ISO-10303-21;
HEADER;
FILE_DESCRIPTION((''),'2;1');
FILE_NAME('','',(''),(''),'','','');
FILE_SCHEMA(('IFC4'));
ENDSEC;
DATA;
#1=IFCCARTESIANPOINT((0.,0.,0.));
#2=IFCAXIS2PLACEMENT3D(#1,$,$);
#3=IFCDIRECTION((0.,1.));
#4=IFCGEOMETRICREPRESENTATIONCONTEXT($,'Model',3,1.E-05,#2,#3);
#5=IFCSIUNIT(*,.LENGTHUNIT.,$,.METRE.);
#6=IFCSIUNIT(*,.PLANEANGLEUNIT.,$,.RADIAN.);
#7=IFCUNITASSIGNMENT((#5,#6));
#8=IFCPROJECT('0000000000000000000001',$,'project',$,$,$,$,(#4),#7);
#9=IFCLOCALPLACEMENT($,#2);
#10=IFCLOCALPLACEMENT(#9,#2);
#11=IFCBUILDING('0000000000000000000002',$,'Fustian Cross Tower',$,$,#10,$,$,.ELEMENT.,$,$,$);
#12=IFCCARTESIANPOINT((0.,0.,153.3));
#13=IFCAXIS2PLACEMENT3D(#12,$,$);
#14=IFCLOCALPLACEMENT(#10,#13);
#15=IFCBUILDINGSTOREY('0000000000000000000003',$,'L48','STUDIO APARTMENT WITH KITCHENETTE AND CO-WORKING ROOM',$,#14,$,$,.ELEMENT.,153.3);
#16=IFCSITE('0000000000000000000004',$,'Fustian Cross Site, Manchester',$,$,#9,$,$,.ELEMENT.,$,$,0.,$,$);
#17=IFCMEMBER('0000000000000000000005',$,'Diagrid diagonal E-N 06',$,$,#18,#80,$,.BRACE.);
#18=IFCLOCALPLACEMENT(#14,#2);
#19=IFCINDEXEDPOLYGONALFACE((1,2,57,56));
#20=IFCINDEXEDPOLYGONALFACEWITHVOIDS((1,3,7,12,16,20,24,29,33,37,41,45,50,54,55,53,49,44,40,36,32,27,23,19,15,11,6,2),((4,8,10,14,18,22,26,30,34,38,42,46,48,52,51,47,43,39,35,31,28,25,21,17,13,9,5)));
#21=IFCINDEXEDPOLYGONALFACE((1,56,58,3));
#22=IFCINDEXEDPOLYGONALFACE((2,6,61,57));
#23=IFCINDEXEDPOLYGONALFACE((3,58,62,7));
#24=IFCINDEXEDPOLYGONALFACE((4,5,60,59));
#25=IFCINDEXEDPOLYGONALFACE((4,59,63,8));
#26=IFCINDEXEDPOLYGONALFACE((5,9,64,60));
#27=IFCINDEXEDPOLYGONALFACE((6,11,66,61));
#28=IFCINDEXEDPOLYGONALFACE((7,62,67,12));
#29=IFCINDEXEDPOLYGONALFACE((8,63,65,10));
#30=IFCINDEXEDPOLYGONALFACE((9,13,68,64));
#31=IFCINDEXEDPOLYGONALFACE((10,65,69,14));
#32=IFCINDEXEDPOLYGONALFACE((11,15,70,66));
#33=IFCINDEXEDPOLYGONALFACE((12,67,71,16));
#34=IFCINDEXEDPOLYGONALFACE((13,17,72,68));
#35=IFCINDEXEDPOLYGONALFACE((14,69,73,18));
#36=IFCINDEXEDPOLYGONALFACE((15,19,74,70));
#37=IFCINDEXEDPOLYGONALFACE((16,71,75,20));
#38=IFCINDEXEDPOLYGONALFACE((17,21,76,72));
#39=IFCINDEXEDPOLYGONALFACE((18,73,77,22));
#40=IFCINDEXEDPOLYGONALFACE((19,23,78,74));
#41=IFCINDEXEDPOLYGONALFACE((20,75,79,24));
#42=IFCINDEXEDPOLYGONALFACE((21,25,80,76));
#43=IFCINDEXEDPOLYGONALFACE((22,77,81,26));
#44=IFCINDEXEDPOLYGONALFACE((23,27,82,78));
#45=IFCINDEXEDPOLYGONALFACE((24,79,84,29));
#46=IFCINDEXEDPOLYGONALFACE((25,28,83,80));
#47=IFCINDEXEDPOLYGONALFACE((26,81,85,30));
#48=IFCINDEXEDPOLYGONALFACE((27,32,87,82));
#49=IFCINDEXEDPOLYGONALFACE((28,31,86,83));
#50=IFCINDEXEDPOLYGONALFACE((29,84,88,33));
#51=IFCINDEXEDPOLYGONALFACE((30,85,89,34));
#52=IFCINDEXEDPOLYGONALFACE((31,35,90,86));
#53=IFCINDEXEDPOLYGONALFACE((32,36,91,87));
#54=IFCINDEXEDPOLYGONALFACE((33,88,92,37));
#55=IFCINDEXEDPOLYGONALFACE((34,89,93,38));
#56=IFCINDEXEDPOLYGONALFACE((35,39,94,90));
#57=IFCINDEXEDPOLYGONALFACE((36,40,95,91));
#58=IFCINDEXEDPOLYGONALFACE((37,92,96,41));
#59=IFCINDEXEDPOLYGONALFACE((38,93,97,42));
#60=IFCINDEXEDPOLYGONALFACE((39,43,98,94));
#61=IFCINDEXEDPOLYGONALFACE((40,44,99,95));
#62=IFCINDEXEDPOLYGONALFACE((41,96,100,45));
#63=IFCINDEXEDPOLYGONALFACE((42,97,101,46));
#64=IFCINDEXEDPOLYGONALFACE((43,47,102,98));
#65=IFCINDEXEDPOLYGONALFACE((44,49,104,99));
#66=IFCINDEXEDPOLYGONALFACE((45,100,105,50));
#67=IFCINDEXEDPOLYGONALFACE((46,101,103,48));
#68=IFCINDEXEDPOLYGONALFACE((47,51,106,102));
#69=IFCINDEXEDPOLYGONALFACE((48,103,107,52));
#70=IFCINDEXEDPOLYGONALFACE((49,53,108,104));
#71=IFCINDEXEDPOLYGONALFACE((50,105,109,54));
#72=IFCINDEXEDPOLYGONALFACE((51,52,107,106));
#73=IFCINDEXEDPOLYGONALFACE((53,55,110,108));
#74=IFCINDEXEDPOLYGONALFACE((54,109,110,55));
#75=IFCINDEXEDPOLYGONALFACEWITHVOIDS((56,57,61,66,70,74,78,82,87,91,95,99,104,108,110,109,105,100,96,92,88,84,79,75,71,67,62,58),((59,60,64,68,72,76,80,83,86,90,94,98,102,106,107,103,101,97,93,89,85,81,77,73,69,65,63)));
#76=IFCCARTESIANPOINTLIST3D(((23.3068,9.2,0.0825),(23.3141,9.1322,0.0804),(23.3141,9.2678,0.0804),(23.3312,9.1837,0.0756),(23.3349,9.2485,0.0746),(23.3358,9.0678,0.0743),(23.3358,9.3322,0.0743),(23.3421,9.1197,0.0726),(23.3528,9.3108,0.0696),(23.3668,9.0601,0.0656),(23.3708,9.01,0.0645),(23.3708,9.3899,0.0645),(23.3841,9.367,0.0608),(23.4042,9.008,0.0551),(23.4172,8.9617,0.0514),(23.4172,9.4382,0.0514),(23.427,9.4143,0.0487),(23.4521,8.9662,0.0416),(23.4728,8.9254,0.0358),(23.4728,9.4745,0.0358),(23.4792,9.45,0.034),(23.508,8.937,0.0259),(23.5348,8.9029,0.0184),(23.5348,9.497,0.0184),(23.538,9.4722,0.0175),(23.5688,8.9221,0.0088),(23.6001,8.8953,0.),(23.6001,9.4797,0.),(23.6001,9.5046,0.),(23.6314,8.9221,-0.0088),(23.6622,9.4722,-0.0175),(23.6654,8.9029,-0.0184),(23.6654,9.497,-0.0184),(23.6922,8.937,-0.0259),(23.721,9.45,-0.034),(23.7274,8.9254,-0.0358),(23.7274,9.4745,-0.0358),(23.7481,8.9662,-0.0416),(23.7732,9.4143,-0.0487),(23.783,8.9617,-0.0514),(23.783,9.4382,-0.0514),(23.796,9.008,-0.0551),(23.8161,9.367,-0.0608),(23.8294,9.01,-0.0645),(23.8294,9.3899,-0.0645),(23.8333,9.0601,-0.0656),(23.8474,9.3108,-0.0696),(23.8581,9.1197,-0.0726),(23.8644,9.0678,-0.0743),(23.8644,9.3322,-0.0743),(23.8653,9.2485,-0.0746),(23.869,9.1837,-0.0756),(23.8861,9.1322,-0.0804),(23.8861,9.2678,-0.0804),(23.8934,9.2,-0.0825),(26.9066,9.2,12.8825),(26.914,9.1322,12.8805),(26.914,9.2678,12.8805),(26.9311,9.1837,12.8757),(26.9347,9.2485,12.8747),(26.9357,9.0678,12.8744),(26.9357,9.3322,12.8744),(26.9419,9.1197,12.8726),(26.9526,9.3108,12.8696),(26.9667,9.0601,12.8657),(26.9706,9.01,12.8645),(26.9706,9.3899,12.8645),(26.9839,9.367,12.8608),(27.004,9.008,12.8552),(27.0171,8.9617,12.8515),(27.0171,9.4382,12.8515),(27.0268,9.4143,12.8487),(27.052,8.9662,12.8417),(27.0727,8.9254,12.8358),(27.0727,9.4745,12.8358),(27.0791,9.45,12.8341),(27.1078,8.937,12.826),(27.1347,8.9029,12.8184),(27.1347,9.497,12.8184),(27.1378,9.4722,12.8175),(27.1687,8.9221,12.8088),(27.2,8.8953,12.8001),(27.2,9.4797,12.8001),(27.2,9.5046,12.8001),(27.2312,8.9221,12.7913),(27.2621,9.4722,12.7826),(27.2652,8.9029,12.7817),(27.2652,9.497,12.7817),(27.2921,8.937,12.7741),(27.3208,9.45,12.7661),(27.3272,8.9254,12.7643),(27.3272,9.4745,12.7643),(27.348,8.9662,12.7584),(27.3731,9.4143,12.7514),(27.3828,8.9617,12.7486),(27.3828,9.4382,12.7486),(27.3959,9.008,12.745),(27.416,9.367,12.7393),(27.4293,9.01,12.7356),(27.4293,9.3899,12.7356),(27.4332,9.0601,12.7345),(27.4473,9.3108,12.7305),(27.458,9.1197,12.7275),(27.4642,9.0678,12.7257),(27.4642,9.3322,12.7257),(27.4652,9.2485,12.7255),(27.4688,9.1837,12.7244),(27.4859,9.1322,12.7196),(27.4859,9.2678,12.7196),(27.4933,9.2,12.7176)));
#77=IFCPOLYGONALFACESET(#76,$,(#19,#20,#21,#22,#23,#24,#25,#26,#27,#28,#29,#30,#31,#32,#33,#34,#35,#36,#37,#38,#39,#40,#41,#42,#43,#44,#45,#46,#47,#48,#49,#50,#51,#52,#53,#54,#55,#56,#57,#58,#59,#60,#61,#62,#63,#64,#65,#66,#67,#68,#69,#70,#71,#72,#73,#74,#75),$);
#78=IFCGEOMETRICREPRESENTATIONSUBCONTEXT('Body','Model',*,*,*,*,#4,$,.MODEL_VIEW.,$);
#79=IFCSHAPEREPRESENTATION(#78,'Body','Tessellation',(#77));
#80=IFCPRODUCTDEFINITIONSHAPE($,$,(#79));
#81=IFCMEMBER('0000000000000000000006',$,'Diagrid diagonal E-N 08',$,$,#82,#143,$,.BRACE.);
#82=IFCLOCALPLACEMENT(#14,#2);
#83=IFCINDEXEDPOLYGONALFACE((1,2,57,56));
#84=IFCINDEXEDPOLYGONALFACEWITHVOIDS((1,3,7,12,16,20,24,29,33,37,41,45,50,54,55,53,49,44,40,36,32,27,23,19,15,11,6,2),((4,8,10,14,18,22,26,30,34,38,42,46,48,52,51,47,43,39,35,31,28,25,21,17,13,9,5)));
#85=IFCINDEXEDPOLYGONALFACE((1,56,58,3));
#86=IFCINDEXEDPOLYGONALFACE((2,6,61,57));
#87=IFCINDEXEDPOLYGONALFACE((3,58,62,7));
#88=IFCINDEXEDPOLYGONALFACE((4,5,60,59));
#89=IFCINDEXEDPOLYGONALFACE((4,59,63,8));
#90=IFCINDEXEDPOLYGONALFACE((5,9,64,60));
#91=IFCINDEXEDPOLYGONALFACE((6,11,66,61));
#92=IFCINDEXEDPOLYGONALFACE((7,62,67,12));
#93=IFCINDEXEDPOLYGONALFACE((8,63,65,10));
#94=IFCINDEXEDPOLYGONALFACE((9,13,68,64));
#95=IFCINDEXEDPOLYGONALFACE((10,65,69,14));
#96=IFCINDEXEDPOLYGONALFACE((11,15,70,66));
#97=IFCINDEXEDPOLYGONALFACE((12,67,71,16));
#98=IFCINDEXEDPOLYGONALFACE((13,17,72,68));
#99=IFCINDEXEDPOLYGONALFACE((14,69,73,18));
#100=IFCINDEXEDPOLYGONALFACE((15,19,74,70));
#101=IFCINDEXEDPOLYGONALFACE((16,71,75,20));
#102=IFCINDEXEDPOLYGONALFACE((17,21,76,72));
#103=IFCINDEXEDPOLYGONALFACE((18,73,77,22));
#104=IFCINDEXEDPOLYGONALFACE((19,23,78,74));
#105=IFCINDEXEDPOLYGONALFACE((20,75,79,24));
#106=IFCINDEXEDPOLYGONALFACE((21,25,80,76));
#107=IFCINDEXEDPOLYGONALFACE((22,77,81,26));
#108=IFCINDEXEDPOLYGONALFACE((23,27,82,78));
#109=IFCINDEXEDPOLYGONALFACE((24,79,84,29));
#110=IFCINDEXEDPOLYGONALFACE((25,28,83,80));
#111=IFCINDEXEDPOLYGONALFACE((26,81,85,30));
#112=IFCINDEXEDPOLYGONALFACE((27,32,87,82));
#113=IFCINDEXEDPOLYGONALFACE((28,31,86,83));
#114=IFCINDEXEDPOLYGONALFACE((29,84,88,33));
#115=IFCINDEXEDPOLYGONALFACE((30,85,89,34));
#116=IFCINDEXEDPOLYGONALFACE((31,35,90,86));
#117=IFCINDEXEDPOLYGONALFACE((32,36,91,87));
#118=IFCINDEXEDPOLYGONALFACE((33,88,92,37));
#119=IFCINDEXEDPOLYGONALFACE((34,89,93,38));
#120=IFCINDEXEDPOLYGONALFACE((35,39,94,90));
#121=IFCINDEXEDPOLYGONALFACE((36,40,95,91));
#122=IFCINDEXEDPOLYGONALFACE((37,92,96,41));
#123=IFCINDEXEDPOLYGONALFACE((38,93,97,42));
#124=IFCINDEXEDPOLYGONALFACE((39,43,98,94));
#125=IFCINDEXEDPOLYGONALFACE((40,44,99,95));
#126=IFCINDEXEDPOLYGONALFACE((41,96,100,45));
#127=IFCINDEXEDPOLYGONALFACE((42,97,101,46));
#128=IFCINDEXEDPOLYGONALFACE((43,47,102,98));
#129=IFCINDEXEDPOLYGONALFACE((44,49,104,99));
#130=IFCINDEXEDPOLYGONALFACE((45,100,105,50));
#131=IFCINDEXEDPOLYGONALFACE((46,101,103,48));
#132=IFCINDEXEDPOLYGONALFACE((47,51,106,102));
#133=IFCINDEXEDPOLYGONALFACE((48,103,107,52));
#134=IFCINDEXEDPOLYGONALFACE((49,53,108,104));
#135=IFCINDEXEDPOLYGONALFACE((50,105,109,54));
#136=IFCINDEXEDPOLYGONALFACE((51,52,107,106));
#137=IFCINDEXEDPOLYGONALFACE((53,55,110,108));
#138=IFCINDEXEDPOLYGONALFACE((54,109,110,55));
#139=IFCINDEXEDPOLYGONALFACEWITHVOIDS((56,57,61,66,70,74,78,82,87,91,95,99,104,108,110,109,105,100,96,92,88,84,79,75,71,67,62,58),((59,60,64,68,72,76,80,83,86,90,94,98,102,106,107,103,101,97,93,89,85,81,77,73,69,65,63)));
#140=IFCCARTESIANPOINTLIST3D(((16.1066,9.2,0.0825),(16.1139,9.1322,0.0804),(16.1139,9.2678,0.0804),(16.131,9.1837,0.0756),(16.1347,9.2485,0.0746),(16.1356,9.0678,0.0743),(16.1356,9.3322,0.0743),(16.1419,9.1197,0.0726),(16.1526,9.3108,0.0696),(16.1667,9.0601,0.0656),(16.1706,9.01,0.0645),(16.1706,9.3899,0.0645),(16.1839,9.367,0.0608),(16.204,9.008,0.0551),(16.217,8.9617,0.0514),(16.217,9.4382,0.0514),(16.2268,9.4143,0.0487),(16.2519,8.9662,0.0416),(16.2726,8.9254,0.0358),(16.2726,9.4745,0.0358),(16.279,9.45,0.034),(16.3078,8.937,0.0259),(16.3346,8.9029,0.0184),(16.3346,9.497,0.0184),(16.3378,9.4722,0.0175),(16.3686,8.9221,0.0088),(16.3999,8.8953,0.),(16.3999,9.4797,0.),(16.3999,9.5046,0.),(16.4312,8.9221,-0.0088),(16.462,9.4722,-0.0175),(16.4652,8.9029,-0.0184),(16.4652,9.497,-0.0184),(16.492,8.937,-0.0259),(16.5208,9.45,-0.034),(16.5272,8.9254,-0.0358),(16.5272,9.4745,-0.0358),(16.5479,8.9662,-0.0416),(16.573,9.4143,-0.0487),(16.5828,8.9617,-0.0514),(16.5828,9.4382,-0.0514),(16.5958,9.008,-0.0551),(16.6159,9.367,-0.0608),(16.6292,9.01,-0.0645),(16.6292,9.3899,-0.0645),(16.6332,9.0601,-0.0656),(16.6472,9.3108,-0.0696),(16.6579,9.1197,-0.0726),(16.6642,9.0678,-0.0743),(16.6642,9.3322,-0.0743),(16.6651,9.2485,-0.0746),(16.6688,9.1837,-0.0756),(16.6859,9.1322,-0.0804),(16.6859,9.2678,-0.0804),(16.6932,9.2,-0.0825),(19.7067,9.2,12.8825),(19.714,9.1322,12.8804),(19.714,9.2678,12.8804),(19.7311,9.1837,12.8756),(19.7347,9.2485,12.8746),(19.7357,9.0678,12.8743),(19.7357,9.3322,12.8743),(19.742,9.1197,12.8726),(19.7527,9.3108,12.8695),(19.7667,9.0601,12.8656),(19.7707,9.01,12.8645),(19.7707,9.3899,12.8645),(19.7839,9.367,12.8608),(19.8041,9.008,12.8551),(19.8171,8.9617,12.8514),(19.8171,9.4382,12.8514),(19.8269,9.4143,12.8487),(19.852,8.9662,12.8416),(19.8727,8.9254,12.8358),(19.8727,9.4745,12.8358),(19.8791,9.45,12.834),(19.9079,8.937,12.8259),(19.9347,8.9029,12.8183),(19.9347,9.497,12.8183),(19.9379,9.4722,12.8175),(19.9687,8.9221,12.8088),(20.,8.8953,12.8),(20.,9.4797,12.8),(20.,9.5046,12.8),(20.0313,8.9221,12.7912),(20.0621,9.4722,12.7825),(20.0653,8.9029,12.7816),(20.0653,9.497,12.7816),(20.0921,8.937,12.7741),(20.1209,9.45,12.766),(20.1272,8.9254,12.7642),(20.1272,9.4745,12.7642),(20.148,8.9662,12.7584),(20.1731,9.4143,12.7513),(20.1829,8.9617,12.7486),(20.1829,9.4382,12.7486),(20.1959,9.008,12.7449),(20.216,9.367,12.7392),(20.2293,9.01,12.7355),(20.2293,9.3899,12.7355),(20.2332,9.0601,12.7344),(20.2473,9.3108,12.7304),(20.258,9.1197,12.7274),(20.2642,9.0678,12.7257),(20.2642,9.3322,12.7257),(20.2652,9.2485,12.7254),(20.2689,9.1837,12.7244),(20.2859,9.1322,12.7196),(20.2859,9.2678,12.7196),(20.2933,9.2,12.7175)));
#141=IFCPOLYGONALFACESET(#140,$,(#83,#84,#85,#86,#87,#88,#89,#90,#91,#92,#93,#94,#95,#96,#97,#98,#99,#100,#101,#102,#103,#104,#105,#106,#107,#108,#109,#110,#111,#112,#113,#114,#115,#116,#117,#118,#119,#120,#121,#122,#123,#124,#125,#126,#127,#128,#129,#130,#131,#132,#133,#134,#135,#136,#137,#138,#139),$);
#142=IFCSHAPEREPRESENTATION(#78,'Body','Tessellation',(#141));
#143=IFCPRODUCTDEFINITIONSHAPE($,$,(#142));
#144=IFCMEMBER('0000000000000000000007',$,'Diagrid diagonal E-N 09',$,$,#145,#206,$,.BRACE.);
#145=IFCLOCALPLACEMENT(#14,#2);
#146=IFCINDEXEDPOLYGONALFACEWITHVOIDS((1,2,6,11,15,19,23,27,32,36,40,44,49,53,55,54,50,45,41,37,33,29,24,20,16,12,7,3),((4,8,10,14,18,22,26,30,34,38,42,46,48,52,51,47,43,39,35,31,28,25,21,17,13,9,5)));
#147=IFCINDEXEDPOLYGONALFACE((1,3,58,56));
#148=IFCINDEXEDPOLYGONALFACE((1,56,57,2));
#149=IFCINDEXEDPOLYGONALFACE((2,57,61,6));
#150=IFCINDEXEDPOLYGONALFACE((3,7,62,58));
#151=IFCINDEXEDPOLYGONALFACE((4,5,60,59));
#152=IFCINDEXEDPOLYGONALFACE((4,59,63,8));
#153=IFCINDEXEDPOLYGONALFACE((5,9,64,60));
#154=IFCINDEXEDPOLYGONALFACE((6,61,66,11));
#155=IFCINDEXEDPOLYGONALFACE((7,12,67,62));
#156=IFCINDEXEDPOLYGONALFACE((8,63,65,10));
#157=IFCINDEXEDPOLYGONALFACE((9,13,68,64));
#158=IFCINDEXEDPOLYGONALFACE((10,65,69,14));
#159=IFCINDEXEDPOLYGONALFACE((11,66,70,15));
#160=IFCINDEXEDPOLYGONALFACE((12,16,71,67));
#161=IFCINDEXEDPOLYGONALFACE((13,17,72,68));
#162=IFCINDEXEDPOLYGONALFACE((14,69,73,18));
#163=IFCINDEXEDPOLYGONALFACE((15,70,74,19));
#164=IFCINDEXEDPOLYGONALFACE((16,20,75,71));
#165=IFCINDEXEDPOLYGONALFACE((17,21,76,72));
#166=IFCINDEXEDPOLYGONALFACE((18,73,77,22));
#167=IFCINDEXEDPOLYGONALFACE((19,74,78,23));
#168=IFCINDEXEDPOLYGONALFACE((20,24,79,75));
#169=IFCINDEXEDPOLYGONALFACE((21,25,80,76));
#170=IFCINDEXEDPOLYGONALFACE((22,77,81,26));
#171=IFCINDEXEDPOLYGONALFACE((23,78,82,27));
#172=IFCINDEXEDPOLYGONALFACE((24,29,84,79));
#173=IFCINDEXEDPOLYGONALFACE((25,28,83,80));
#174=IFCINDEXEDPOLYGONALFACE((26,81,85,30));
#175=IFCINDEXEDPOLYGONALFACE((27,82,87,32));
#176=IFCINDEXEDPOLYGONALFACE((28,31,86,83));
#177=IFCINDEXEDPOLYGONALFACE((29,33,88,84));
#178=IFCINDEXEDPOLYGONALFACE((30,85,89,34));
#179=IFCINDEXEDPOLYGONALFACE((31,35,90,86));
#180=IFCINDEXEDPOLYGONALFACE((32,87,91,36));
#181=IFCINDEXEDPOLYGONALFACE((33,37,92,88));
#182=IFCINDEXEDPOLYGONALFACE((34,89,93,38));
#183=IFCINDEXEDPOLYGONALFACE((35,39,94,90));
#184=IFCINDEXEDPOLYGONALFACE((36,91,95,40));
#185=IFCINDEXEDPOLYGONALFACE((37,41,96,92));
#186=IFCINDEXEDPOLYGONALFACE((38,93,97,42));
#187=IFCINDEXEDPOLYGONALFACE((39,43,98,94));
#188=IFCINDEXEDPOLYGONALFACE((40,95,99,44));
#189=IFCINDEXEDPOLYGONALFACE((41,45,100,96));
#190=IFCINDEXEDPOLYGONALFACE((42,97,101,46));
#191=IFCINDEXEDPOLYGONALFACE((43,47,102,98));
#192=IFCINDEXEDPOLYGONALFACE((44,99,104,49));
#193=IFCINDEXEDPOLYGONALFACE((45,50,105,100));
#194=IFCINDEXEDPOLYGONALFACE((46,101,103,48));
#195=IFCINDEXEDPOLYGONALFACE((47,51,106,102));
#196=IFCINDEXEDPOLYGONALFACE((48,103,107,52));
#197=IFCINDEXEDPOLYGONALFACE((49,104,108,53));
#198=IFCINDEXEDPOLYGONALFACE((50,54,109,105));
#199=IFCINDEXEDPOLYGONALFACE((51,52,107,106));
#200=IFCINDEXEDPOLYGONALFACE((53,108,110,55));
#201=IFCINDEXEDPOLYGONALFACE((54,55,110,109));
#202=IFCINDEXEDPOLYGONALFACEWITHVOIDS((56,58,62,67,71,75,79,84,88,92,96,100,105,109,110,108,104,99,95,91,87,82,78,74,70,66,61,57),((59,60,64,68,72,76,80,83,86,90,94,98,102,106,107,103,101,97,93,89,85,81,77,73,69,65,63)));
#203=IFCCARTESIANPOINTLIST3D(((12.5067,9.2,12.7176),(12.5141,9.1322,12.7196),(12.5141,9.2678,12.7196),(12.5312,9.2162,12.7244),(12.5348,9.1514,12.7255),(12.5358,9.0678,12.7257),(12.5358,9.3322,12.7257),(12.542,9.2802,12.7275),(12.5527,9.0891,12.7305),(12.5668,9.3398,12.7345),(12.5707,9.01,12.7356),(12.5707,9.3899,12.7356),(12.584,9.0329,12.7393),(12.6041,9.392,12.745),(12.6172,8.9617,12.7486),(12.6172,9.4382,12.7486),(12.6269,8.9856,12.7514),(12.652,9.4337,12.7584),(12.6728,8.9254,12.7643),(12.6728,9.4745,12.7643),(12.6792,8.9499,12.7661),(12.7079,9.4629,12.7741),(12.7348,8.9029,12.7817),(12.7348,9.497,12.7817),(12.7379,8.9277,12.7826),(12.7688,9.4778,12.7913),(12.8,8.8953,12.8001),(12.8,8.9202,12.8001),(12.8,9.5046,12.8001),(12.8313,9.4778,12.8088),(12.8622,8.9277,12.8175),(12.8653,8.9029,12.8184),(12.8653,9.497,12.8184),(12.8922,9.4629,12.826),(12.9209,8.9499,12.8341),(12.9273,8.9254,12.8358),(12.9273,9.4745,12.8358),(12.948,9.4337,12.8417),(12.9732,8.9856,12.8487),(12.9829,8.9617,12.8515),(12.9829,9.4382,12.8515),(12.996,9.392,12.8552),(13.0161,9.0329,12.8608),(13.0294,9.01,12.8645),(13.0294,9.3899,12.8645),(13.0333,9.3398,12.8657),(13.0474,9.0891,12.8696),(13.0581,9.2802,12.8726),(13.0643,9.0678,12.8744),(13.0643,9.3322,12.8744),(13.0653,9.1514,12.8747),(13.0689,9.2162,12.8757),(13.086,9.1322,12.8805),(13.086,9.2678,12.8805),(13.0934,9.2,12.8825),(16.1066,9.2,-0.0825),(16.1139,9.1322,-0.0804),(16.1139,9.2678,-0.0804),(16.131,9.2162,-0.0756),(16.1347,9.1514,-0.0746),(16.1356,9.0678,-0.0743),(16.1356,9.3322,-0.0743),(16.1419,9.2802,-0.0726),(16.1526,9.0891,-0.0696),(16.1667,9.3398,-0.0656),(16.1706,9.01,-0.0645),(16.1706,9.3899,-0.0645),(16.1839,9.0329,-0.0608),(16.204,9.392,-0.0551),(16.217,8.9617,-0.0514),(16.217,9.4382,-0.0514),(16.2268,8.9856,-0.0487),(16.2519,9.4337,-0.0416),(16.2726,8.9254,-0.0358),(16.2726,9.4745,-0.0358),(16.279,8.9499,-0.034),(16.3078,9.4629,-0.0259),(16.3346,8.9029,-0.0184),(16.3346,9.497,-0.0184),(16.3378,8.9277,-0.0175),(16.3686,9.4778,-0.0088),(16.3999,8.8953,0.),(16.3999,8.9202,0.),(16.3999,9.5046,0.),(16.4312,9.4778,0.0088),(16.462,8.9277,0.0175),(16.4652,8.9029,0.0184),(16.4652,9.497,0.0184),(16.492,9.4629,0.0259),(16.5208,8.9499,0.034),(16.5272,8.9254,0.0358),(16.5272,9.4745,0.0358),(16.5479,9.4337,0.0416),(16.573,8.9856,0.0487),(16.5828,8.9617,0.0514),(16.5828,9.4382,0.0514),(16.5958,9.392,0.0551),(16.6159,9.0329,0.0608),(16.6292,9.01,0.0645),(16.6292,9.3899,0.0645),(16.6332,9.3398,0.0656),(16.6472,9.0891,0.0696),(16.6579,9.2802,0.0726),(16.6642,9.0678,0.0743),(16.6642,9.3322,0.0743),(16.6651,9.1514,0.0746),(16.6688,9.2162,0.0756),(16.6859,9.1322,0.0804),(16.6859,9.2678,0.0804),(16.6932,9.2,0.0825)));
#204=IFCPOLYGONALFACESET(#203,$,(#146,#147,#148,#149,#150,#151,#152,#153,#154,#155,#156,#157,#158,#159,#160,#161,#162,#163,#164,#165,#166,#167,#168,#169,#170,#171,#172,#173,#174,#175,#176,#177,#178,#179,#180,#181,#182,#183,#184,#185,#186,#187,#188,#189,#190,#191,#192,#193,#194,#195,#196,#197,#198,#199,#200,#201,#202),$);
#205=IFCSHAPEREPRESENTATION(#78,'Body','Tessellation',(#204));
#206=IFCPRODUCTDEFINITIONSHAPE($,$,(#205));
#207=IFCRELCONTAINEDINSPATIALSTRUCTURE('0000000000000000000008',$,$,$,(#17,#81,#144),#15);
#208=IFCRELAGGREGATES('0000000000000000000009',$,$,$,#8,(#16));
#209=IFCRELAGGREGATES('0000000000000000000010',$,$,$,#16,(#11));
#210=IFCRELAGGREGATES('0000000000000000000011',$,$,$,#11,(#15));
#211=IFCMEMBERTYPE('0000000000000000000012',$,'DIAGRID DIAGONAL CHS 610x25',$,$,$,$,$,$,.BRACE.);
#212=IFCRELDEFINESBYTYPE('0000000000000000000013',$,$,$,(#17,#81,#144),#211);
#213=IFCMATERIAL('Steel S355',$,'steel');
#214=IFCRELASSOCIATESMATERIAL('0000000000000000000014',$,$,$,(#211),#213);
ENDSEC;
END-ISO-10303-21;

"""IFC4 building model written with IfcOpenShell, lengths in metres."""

from ifc_helpers import new_model, si_unit, direction, frame, origin, origin_2d, place, context, subcontext, project, spatial, hollow_circle, extrude, material, material_profile, profile_set, type_object, element, save


model = new_model("IFC4")

# Units and contexts
model_context = context("Model", 3, precision=1e-05, world=origin(), true_north=direction((0.0, 1.0)))
body_context = subcontext(model_context, "Body", "Model", "MODEL_VIEW")
ifc_project = project(units=[si_unit("LENGTHUNIT", "METRE"), si_unit("PLANEANGLEUNIT", "RADIAN")], contexts=[model_context])

# Site, building, storey
site_placement = place(None, origin())
site = spatial("IfcSite", under=ifc_project, at=site_placement, Name="Fustian Cross Site, Manchester", CompositionType="ELEMENT", RefElevation=0.0)
building_placement = place(site_placement, origin())
building = spatial("IfcBuilding", under=site, at=building_placement, Name="Fustian Cross Tower", CompositionType="ELEMENT")
storey_placement = place(building_placement, frame((0.0, 0.0, 153.3)))
storey = spatial("IfcBuildingStorey", under=building, at=storey_placement, Name="L48", Description="STUDIO APARTMENT WITH KITCHENETTE AND CO-WORKING ROOM", CompositionType="ELEMENT", Elevation=153.3)

# Members
ifc_material_1 = material(Name="Steel S355", Category="steel")
ifc_material_profile = material_profile(ifc_material_1, hollow_circle(Radius=0.3047, WallThickness=0.0249, at=origin_2d()), Name="CHS 610x25")
ifc_profile_set = profile_set([ifc_material_profile], Name="Steel S355")
member_type = type_object("IfcMemberType", Name="DIAGRID DIAGONAL CHS 610x25", PredefinedType="BRACE", material=ifc_profile_set)
for number, where, z_axis, x_axis, name in (
    (1, (23.6001, 9.2, 0.0), (0.270734, 0.0, 0.962654), (0.0, 1.0, 0.0), "Diagrid diagonal E-N 06"),
    (2, (16.3999, 9.2, 0.0), (0.270751, 0.0, 0.962649), (0.0, 1.0, 0.0), "Diagrid diagonal E-N 08"),
    (3, (16.3999, 9.2, 0.0), (-0.270734, 0.0, 0.962654), (0.0, -1.0, 0.0), "Diagrid diagonal E-N 09"),
):
    element("IfcMember", number, at=place(storey_placement, frame(where, z_axis=z_axis, x_axis=x_axis)), inside=storey, type_object=member_type, Name=name, PredefinedType="BRACE", context=body_context, shape_type="SweptSolid", body=[
        extrude(hollow_circle(Radius=0.3047, WallThickness=0.0249, at=origin_2d()), origin(), (0.0, 0.0, 1.0), 13.2966),
    ])

save(model, "model.ifc")
